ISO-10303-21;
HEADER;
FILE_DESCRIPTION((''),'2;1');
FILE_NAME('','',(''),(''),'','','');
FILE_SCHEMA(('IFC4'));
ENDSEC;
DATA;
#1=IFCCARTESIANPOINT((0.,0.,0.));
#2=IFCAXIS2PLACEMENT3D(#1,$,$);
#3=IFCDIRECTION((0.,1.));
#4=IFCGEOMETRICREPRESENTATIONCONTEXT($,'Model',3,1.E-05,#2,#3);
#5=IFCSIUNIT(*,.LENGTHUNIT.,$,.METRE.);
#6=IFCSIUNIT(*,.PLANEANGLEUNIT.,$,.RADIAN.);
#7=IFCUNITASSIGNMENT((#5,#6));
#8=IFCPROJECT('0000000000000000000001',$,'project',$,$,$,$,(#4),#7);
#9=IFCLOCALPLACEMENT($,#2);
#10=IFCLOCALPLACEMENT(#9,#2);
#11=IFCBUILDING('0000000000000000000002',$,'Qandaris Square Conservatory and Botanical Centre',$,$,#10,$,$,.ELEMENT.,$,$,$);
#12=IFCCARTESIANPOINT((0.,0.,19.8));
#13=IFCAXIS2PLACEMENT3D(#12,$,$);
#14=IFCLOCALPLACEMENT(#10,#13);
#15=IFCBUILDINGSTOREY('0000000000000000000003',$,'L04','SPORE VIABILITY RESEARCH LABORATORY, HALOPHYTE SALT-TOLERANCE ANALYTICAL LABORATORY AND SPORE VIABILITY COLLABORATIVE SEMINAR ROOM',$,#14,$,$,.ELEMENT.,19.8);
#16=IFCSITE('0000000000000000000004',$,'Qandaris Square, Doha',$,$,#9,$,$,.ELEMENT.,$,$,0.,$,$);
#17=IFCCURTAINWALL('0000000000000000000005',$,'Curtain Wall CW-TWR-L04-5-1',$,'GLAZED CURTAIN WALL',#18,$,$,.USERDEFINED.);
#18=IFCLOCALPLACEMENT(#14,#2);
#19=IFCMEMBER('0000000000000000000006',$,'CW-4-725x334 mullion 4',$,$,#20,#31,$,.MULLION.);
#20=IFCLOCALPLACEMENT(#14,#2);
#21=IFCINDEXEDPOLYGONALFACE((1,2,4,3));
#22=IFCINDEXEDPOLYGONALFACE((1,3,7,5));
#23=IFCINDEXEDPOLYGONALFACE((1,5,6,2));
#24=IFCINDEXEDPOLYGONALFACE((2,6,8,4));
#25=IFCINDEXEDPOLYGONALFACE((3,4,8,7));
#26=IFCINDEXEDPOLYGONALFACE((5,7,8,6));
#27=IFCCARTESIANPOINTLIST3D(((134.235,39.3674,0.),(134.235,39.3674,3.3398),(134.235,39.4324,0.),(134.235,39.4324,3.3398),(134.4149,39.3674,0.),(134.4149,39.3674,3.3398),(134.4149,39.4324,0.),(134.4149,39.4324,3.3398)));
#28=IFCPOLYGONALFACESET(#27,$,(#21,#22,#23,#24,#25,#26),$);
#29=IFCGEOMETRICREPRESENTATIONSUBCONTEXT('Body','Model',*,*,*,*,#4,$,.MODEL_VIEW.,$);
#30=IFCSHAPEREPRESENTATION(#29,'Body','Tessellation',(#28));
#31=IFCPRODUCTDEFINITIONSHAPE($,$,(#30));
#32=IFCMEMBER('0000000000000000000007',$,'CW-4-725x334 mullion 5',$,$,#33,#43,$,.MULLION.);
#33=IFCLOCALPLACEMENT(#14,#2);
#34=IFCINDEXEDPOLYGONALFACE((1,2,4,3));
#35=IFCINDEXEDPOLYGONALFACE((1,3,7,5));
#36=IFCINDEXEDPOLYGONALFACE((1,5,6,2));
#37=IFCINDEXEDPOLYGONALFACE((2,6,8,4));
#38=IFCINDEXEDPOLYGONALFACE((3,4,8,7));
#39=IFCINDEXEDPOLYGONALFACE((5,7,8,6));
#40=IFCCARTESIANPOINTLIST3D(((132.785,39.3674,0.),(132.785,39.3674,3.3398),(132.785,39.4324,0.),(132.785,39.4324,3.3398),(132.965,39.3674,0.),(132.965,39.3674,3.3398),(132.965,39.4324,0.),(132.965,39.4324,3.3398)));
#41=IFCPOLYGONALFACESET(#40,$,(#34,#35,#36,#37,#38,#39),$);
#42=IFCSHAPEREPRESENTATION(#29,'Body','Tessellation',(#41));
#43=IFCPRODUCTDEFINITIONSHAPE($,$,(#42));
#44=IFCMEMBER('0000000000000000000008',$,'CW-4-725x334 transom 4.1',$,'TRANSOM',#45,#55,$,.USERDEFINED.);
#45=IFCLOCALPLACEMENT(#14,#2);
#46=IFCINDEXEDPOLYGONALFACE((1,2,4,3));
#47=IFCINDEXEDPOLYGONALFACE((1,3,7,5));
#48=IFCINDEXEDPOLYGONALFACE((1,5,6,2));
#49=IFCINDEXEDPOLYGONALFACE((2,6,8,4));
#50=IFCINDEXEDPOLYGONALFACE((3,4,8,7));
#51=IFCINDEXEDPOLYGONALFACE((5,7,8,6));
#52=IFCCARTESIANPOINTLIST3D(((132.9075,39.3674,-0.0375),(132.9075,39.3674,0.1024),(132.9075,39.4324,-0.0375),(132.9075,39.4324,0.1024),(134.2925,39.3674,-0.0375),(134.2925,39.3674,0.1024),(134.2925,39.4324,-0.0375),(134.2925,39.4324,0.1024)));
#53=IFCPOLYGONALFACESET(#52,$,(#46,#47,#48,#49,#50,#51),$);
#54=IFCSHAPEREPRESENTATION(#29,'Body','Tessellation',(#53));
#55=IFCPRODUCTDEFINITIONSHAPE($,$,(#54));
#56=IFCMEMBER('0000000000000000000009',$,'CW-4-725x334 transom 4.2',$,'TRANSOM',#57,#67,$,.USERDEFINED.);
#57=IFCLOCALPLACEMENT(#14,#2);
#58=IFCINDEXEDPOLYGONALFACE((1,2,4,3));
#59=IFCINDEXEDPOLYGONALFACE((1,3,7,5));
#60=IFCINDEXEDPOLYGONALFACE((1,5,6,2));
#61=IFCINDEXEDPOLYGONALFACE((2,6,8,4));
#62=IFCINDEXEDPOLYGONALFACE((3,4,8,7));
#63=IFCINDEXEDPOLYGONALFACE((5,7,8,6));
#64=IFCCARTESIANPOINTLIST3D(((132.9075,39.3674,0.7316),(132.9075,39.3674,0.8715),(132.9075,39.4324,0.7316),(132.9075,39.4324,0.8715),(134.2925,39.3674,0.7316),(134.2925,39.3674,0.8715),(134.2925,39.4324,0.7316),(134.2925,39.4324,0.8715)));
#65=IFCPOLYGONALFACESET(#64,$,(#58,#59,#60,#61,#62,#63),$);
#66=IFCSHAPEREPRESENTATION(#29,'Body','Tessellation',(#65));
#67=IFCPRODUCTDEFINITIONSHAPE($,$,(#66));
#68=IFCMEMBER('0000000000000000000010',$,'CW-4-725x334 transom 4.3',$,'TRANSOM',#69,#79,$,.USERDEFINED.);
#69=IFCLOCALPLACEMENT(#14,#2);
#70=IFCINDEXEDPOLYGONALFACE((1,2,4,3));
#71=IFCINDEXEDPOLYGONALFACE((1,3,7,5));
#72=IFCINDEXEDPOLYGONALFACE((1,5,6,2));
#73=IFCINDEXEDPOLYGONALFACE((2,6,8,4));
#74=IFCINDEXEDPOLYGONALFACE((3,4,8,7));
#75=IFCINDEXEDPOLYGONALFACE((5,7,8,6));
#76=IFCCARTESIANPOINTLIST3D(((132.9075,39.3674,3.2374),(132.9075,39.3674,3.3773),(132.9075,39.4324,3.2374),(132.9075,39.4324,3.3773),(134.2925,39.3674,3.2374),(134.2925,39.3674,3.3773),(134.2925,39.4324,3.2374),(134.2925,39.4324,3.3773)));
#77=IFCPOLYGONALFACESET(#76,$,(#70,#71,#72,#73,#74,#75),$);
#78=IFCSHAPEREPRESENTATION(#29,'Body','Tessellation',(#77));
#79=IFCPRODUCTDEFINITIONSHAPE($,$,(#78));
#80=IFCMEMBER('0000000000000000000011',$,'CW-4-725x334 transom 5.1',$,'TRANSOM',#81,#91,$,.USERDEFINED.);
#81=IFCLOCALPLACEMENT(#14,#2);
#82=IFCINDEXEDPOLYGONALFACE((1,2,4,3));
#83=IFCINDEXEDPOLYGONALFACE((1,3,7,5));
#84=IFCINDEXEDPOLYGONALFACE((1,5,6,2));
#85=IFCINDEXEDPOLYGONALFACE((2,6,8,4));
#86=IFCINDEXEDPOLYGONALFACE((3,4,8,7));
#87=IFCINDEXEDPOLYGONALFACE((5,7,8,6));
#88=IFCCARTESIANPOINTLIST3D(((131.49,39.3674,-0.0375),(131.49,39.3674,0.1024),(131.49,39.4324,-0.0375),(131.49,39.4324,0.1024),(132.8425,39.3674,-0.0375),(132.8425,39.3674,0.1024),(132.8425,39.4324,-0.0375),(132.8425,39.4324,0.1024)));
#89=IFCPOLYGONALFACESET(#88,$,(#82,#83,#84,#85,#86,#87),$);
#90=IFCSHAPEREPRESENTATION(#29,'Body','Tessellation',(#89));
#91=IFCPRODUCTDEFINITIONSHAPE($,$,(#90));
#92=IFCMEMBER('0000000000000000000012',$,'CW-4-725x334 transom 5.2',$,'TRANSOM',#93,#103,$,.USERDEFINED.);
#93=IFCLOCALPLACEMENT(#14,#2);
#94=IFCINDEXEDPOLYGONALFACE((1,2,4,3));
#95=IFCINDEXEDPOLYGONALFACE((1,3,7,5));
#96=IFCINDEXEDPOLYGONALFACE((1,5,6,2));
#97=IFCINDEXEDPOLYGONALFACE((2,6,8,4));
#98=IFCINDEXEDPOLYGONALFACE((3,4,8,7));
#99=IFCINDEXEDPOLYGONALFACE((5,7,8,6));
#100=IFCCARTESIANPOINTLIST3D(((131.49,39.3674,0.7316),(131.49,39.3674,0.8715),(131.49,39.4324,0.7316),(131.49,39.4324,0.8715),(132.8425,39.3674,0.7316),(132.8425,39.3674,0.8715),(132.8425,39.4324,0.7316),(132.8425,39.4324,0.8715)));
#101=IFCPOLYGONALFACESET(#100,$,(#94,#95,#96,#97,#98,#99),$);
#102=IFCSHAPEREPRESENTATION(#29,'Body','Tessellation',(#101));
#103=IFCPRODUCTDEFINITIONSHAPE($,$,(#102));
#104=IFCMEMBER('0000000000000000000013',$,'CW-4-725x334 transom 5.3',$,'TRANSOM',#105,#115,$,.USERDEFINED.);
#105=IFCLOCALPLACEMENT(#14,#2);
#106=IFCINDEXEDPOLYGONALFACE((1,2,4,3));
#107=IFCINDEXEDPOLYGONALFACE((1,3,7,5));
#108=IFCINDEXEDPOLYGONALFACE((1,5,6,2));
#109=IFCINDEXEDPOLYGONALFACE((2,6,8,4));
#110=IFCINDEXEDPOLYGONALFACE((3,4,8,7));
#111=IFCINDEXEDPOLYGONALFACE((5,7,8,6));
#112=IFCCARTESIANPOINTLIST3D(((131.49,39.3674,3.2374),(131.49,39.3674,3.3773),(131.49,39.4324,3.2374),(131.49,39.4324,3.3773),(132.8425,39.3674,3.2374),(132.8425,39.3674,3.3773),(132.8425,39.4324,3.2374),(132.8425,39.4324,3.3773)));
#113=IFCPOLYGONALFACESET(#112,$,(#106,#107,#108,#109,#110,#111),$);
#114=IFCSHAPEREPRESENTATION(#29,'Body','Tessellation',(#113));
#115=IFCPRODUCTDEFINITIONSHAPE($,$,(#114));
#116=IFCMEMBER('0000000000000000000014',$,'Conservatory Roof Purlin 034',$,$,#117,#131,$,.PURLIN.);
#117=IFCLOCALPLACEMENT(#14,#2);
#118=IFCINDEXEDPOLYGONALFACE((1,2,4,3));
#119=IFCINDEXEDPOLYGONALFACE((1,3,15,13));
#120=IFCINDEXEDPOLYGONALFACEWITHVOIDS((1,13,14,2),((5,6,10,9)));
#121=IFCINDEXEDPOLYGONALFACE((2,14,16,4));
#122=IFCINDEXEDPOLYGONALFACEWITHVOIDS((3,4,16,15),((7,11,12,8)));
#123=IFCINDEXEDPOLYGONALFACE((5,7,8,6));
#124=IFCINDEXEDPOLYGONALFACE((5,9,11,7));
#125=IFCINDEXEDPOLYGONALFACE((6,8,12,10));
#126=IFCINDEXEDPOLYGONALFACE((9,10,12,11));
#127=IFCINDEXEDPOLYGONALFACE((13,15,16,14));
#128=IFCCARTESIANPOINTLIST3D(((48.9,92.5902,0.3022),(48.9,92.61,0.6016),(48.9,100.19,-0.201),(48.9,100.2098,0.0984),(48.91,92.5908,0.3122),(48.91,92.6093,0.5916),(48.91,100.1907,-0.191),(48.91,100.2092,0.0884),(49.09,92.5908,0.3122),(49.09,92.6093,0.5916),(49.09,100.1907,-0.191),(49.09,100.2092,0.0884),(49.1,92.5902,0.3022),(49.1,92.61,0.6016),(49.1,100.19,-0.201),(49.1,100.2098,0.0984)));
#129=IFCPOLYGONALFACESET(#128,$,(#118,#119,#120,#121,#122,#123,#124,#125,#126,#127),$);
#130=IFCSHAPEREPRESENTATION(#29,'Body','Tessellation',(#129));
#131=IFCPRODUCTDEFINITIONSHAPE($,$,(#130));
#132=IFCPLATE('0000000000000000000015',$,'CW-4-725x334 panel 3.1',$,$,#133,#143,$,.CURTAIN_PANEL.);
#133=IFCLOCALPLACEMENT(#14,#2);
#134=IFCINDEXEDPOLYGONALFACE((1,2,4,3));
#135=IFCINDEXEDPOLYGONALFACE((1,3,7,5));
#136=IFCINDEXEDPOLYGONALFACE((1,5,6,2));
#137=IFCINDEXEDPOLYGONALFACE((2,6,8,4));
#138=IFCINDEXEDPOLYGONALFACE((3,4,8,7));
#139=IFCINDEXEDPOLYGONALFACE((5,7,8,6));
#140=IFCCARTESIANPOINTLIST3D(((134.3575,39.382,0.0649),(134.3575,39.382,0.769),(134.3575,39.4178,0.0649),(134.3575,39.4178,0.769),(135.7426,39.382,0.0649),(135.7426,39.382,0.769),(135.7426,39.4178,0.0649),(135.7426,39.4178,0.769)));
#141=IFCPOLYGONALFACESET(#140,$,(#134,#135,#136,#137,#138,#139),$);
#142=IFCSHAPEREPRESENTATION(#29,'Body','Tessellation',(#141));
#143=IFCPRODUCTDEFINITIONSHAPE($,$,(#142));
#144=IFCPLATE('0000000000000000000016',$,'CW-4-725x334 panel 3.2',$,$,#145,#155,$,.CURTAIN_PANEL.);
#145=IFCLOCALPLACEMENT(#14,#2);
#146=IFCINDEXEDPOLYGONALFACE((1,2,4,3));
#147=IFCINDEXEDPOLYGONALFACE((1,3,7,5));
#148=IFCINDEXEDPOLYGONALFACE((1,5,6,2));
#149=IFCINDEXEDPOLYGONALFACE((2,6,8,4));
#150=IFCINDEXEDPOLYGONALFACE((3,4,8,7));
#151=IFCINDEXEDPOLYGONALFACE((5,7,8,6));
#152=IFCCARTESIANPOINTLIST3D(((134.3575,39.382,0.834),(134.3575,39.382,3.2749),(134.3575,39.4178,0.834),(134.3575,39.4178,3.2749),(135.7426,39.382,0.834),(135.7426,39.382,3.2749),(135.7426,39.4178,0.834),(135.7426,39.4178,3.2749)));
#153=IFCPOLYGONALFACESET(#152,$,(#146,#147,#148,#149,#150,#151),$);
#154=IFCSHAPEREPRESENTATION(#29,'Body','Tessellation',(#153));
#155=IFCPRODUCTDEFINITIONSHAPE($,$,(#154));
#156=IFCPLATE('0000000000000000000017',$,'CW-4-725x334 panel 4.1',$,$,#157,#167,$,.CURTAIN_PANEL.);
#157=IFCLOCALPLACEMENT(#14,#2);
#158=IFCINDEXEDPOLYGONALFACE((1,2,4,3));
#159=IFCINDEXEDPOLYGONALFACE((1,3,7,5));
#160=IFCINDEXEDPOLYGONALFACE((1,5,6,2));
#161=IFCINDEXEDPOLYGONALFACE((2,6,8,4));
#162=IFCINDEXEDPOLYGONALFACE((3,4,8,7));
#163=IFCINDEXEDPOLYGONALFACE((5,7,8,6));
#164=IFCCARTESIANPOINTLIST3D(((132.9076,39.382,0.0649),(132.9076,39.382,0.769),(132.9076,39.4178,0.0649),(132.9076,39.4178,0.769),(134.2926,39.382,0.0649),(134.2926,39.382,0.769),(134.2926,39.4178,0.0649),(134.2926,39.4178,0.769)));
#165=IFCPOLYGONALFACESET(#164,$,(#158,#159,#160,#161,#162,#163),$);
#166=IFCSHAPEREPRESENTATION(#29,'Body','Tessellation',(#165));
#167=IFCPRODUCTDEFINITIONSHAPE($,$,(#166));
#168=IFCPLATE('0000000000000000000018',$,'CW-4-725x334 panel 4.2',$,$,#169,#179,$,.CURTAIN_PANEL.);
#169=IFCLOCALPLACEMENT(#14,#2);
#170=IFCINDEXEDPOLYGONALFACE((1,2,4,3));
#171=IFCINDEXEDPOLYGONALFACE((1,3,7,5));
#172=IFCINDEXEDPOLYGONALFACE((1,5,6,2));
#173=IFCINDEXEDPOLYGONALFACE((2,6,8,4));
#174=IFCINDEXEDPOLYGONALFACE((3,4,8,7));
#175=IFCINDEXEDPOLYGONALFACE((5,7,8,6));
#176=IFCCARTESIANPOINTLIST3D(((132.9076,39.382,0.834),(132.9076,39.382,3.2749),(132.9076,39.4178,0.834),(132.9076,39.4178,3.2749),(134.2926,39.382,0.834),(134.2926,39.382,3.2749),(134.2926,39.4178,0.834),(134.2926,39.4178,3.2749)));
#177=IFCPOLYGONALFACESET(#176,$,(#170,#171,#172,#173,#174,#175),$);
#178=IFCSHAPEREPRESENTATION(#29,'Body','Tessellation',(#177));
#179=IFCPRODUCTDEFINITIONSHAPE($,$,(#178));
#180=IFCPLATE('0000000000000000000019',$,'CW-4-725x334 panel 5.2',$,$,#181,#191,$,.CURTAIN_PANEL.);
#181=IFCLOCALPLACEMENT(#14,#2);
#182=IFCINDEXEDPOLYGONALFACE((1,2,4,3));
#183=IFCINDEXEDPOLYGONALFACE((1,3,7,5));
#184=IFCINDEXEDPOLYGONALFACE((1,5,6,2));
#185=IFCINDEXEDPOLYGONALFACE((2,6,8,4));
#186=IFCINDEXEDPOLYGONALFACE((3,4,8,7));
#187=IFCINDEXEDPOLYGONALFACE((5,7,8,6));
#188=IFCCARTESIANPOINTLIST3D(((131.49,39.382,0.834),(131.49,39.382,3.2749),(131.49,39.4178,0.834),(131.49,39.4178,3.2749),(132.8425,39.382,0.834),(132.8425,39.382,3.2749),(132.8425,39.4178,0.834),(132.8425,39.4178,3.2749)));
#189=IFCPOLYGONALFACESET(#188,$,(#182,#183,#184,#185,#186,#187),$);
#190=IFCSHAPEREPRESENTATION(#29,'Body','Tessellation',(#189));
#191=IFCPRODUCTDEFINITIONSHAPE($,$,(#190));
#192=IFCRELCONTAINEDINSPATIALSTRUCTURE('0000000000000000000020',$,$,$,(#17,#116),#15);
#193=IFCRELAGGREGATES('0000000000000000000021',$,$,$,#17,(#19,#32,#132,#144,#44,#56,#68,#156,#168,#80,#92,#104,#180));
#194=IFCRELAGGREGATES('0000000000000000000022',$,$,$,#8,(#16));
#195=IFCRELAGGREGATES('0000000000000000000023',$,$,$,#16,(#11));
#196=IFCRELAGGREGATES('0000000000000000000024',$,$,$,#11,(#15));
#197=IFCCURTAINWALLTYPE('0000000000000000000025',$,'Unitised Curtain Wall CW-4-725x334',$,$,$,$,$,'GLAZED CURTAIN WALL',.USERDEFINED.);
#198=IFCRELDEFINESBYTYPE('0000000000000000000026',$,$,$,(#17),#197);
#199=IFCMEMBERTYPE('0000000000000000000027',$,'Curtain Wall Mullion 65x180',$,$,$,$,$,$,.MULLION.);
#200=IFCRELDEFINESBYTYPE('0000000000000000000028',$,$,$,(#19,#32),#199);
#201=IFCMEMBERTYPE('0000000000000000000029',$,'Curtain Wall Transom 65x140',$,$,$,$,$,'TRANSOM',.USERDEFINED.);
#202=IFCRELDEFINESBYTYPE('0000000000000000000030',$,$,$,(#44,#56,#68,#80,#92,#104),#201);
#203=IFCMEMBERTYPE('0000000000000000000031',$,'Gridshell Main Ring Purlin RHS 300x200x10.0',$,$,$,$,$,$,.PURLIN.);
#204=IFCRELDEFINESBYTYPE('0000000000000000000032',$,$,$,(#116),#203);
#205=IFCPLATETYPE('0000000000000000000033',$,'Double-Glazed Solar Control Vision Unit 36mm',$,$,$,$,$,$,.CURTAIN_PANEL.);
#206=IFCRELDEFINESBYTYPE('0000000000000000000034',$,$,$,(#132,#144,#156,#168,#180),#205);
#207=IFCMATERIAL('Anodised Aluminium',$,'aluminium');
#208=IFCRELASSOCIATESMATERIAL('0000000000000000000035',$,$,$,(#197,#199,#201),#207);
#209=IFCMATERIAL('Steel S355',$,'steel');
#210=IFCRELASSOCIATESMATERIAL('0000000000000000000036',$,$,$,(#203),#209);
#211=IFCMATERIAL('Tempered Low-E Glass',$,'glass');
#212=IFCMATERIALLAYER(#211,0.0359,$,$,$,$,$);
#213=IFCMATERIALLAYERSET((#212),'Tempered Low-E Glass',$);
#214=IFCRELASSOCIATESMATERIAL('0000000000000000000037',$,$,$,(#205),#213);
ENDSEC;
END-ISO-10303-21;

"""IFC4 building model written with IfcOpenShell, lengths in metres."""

from ifc_helpers import new_model, si_unit, direction, frame, origin, origin_2d, place, context, subcontext, project, spatial, rectangle, hollow_rectangle, extrude, material, layer, layer_set, material_profile, profile_set, type_object, element, aggregate, save


model = new_model("IFC4")

# Units and contexts
model_context = context("Model", 3, precision=1e-05, world=origin(), true_north=direction((0.0, 1.0)))
body_context = subcontext(model_context, "Body", "Model", "MODEL_VIEW")
ifc_project = project(units=[si_unit("LENGTHUNIT", "METRE"), si_unit("PLANEANGLEUNIT", "RADIAN")], contexts=[model_context])

# Site, building, storey
site_placement = place(None, origin())
site = spatial("IfcSite", under=ifc_project, at=site_placement, Name="Qandaris Square, Doha", CompositionType="ELEMENT", RefElevation=0.0)
building_placement = place(site_placement, origin())
building = spatial("IfcBuilding", under=site, at=building_placement, Name="Qandaris Square Conservatory and Botanical Centre", CompositionType="ELEMENT")
storey_placement = place(building_placement, frame((0.0, 0.0, 19.8)))
storey = spatial("IfcBuildingStorey", under=building, at=storey_placement, Name="L04", Description="SPORE VIABILITY RESEARCH LABORATORY, HALOPHYTE SALT-TOLERANCE ANALYTICAL LABORATORY AND SPORE VIABILITY COLLABORATIVE SEMINAR ROOM", CompositionType="ELEMENT", Elevation=19.8)

# Curtain wall, members
ifc_material_1 = material(Name="Anodised Aluminium", Category="aluminium")
curtain_wall_type = type_object("IfcCurtainWallType", Name="Unitised Curtain Wall CW-4-725x334", ElementType="GLAZED CURTAIN WALL", PredefinedType="USERDEFINED", material=ifc_material_1)
curtain_wall_placement = place(storey_placement, origin())
curtain_wall = element("IfcCurtainWall", 1, at=curtain_wall_placement, inside=storey, type_object=curtain_wall_type, Name="Curtain Wall CW-TWR-L04-5-1", ObjectType="GLAZED CURTAIN WALL", PredefinedType="USERDEFINED")
ifc_material_profile_1 = material_profile(ifc_material_1, rectangle(XDim=0.0649, YDim=0.1799, at=origin_2d()), Name="ALU-MUL 65x180")
ifc_profile_set_1 = profile_set([ifc_material_profile_1], Name="Anodised Aluminium")
member_type_1 = type_object("IfcMemberType", Name="Curtain Wall Mullion 65x180", PredefinedType="MULLION", material=ifc_profile_set_1)
member_1_placement = place(storey_placement, frame((134.325, 39.3999, 0.0), z_axis=(0.0, 0.0, 1.0), x_axis=(0.0, -1.0, 0.0)))
member_1 = element("IfcMember", 2, at=member_1_placement, type_object=member_type_1, Name="CW-4-725x334 mullion 4", PredefinedType="MULLION", context=body_context, shape_type="SweptSolid", body=[
    extrude(rectangle(XDim=0.0649, YDim=0.1799, at=origin_2d()), origin(), (0.0, 0.0, 1.0), 3.3398),
])
member_2_placement = place(storey_placement, frame((132.875, 39.3999, 0.0), z_axis=(0.0, 0.0, 1.0), x_axis=(0.0, -1.0, 0.0)))
member_2 = element("IfcMember", 3, at=member_2_placement, type_object=member_type_1, Name="CW-4-725x334 mullion 5", PredefinedType="MULLION", context=body_context, shape_type="SweptSolid", body=[
    extrude(rectangle(XDim=0.0649, YDim=0.1799, at=origin_2d()), origin(), (0.0, 0.0, 1.0), 3.3398),
])
ifc_material_profile_2 = material_profile(ifc_material_1, rectangle(XDim=0.0649, YDim=0.1399, at=origin_2d()), Name="ALU-TRN 65x140")
ifc_profile_set_2 = profile_set([ifc_material_profile_2], Name="Anodised Aluminium")
member_type_2 = type_object("IfcMemberType", Name="Curtain Wall Transom 65x140", ElementType="TRANSOM", PredefinedType="USERDEFINED", material=ifc_profile_set_2)
member_3_placement = place(storey_placement, frame((134.2925, 39.3999, 0.0325), z_axis=(-1.0, 0.0, 0.0), x_axis=(0.0, -1.0, 0.0)))
member_3 = element("IfcMember", 4, at=member_3_placement, type_object=member_type_2, Name="CW-4-725x334 transom 4.1", ObjectType="TRANSOM", PredefinedType="USERDEFINED", context=body_context, shape_type="SweptSolid", body=[
    extrude(rectangle(XDim=0.0649, YDim=0.1399, at=origin_2d()), origin(), (0.0, 0.0, 1.0), 1.385),
])
member_4_placement = place(storey_placement, frame((134.2925, 39.3999, 0.8015), z_axis=(-1.0, 0.0, 0.0), x_axis=(0.0, -1.0, 0.0)))
member_4 = element("IfcMember", 5, at=member_4_placement, type_object=member_type_2, Name="CW-4-725x334 transom 4.2", ObjectType="TRANSOM", PredefinedType="USERDEFINED", context=body_context, shape_type="SweptSolid", body=[
    extrude(rectangle(XDim=0.0649, YDim=0.1399, at=origin_2d()), origin(), (0.0, 0.0, 1.0), 1.385),
])
member_5_placement = place(storey_placement, frame((134.2925, 39.3999, 3.3074), z_axis=(-1.0, 0.0, 0.0), x_axis=(0.0, -1.0, 0.0)))
member_5 = element("IfcMember", 6, at=member_5_placement, type_object=member_type_2, Name="CW-4-725x334 transom 4.3", ObjectType="TRANSOM", PredefinedType="USERDEFINED", context=body_context, shape_type="SweptSolid", body=[
    extrude(rectangle(XDim=0.0649, YDim=0.1399, at=origin_2d()), origin(), (0.0, 0.0, 1.0), 1.385),
])
member_6_placement = place(storey_placement, frame((132.8425, 39.3999, 0.0325), z_axis=(-1.0, 0.0, 0.0), x_axis=(0.0, -1.0, 0.0)))
member_6 = element("IfcMember", 7, at=member_6_placement, type_object=member_type_2, Name="CW-4-725x334 transom 5.1", ObjectType="TRANSOM", PredefinedType="USERDEFINED", context=body_context, shape_type="SweptSolid", body=[
    extrude(rectangle(XDim=0.0649, YDim=0.1399, at=origin_2d()), origin(), (0.0, 0.0, 1.0), 1.3525),
])
member_7_placement = place(storey_placement, frame((132.8425, 39.3999, 0.8015), z_axis=(-1.0, 0.0, 0.0), x_axis=(0.0, -1.0, 0.0)))
member_7 = element("IfcMember", 8, at=member_7_placement, type_object=member_type_2, Name="CW-4-725x334 transom 5.2", ObjectType="TRANSOM", PredefinedType="USERDEFINED", context=body_context, shape_type="SweptSolid", body=[
    extrude(rectangle(XDim=0.0649, YDim=0.1399, at=origin_2d()), origin(), (0.0, 0.0, 1.0), 1.3525),
])
member_8_placement = place(storey_placement, frame((132.8425, 39.3999, 3.3074), z_axis=(-1.0, 0.0, 0.0), x_axis=(0.0, -1.0, 0.0)))
member_8 = element("IfcMember", 9, at=member_8_placement, type_object=member_type_2, Name="CW-4-725x334 transom 5.3", ObjectType="TRANSOM", PredefinedType="USERDEFINED", context=body_context, shape_type="SweptSolid", body=[
    extrude(rectangle(XDim=0.0649, YDim=0.1399, at=origin_2d()), origin(), (0.0, 0.0, 1.0), 1.3525),
])

# Member
ifc_material_2 = material(Name="Steel S355", Category="steel")
ifc_material_profile_3 = material_profile(ifc_material_2, hollow_rectangle(XDim=0.2, YDim=0.3, WallThickness=0.01, at=origin_2d()), Name="RHS 300x200x10.0")
ifc_profile_set_3 = profile_set([ifc_material_profile_3], Name="Steel S355")
member_type_3 = type_object("IfcMemberType", Name="Gridshell Main Ring Purlin RHS 300x200x10.0", PredefinedType="PURLIN", material=ifc_profile_set_3)
member_9_placement = place(storey_placement, frame((49.0, 92.6001, 0.4519), z_axis=(0.0, 0.997815, -0.066064), x_axis=(-1.0, 0.0, 0.0)))
element("IfcMember", 10, at=member_9_placement, inside=storey, type_object=member_type_3, Name="Conservatory Roof Purlin 034", PredefinedType="PURLIN", context=body_context, shape_type="SweptSolid", body=[
    extrude(hollow_rectangle(XDim=0.2, YDim=0.3, WallThickness=0.01, at=origin_2d()), origin(), (0.0, 0.0, 1.0), 7.6165),
])

# Plates
ifc_material_3 = material(Name="Tempered Low-E Glass", Category="glass")
ifc_layer_1 = layer(ifc_material_3, 0.0359)
ifc_layer_set_1 = layer_set([ifc_layer_1], Name="Tempered Low-E Glass")
plate_type_1 = type_object("IfcPlateType", Name="Double-Glazed Solar Control Vision Unit 36mm", PredefinedType="CURTAIN_PANEL", material=ifc_layer_set_1)
plate_1_placement = place(storey_placement, frame((135.05, 39.3999, 0.0649), z_axis=(0.0, 0.0, 1.0), x_axis=(-1.0, 0.0, 0.0)))
plate_1 = element("IfcPlate", 11, at=plate_1_placement, type_object=plate_type_1, Name="CW-4-725x334 panel 3.1", PredefinedType="CURTAIN_PANEL", context=body_context, shape_type="SweptSolid", body=[
    extrude(rectangle(XDim=1.385, YDim=0.0359, at=origin_2d()), origin(), (0.0, 0.0, 1.0), 0.7041),
])
plate_2_placement = place(storey_placement, frame((135.05, 39.3999, 0.834), z_axis=(0.0, 0.0, 1.0), x_axis=(-1.0, 0.0, 0.0)))
plate_2 = element("IfcPlate", 12, at=plate_2_placement, type_object=plate_type_1, Name="CW-4-725x334 panel 3.2", PredefinedType="CURTAIN_PANEL", context=body_context, shape_type="SweptSolid", body=[
    extrude(rectangle(XDim=1.385, YDim=0.0359, at=origin_2d()), origin(), (0.0, 0.0, 1.0), 2.4409),
])
plate_3_placement = place(storey_placement, frame((133.6001, 39.3999, 0.0649), z_axis=(0.0, 0.0, 1.0), x_axis=(-1.0, 0.0, 0.0)))
plate_3 = element("IfcPlate", 13, at=plate_3_placement, type_object=plate_type_1, Name="CW-4-725x334 panel 4.1", PredefinedType="CURTAIN_PANEL", context=body_context, shape_type="SweptSolid", body=[
    extrude(rectangle(XDim=1.385, YDim=0.0359, at=origin_2d()), origin(), (0.0, 0.0, 1.0), 0.7041),
])
plate_4_placement = place(storey_placement, frame((133.6001, 39.3999, 0.834), z_axis=(0.0, 0.0, 1.0), x_axis=(-1.0, 0.0, 0.0)))
plate_4 = element("IfcPlate", 14, at=plate_4_placement, type_object=plate_type_1, Name="CW-4-725x334 panel 4.2", PredefinedType="CURTAIN_PANEL", context=body_context, shape_type="SweptSolid", body=[
    extrude(rectangle(XDim=1.385, YDim=0.0359, at=origin_2d()), origin(), (0.0, 0.0, 1.0), 2.4409),
])
plate_5_placement = place(storey_placement, frame((132.1663, 39.3999, 0.834), z_axis=(0.0, 0.0, 1.0), x_axis=(-1.0, 0.0, 0.0)))
plate_5 = element("IfcPlate", 15, at=plate_5_placement, type_object=plate_type_1, Name="CW-4-725x334 panel 5.2", PredefinedType="CURTAIN_PANEL", context=body_context, shape_type="SweptSolid", body=[
    extrude(rectangle(XDim=1.3525, YDim=0.0359, at=origin_2d()), origin(), (0.0, 0.0, 1.0), 2.4409),
])
aggregate(curtain_wall, [member_1, member_2, plate_1, plate_2, member_3, member_4, member_5, plate_3, plate_4, member_6, member_7, member_8, plate_5])

save(model, "model.ifc")
